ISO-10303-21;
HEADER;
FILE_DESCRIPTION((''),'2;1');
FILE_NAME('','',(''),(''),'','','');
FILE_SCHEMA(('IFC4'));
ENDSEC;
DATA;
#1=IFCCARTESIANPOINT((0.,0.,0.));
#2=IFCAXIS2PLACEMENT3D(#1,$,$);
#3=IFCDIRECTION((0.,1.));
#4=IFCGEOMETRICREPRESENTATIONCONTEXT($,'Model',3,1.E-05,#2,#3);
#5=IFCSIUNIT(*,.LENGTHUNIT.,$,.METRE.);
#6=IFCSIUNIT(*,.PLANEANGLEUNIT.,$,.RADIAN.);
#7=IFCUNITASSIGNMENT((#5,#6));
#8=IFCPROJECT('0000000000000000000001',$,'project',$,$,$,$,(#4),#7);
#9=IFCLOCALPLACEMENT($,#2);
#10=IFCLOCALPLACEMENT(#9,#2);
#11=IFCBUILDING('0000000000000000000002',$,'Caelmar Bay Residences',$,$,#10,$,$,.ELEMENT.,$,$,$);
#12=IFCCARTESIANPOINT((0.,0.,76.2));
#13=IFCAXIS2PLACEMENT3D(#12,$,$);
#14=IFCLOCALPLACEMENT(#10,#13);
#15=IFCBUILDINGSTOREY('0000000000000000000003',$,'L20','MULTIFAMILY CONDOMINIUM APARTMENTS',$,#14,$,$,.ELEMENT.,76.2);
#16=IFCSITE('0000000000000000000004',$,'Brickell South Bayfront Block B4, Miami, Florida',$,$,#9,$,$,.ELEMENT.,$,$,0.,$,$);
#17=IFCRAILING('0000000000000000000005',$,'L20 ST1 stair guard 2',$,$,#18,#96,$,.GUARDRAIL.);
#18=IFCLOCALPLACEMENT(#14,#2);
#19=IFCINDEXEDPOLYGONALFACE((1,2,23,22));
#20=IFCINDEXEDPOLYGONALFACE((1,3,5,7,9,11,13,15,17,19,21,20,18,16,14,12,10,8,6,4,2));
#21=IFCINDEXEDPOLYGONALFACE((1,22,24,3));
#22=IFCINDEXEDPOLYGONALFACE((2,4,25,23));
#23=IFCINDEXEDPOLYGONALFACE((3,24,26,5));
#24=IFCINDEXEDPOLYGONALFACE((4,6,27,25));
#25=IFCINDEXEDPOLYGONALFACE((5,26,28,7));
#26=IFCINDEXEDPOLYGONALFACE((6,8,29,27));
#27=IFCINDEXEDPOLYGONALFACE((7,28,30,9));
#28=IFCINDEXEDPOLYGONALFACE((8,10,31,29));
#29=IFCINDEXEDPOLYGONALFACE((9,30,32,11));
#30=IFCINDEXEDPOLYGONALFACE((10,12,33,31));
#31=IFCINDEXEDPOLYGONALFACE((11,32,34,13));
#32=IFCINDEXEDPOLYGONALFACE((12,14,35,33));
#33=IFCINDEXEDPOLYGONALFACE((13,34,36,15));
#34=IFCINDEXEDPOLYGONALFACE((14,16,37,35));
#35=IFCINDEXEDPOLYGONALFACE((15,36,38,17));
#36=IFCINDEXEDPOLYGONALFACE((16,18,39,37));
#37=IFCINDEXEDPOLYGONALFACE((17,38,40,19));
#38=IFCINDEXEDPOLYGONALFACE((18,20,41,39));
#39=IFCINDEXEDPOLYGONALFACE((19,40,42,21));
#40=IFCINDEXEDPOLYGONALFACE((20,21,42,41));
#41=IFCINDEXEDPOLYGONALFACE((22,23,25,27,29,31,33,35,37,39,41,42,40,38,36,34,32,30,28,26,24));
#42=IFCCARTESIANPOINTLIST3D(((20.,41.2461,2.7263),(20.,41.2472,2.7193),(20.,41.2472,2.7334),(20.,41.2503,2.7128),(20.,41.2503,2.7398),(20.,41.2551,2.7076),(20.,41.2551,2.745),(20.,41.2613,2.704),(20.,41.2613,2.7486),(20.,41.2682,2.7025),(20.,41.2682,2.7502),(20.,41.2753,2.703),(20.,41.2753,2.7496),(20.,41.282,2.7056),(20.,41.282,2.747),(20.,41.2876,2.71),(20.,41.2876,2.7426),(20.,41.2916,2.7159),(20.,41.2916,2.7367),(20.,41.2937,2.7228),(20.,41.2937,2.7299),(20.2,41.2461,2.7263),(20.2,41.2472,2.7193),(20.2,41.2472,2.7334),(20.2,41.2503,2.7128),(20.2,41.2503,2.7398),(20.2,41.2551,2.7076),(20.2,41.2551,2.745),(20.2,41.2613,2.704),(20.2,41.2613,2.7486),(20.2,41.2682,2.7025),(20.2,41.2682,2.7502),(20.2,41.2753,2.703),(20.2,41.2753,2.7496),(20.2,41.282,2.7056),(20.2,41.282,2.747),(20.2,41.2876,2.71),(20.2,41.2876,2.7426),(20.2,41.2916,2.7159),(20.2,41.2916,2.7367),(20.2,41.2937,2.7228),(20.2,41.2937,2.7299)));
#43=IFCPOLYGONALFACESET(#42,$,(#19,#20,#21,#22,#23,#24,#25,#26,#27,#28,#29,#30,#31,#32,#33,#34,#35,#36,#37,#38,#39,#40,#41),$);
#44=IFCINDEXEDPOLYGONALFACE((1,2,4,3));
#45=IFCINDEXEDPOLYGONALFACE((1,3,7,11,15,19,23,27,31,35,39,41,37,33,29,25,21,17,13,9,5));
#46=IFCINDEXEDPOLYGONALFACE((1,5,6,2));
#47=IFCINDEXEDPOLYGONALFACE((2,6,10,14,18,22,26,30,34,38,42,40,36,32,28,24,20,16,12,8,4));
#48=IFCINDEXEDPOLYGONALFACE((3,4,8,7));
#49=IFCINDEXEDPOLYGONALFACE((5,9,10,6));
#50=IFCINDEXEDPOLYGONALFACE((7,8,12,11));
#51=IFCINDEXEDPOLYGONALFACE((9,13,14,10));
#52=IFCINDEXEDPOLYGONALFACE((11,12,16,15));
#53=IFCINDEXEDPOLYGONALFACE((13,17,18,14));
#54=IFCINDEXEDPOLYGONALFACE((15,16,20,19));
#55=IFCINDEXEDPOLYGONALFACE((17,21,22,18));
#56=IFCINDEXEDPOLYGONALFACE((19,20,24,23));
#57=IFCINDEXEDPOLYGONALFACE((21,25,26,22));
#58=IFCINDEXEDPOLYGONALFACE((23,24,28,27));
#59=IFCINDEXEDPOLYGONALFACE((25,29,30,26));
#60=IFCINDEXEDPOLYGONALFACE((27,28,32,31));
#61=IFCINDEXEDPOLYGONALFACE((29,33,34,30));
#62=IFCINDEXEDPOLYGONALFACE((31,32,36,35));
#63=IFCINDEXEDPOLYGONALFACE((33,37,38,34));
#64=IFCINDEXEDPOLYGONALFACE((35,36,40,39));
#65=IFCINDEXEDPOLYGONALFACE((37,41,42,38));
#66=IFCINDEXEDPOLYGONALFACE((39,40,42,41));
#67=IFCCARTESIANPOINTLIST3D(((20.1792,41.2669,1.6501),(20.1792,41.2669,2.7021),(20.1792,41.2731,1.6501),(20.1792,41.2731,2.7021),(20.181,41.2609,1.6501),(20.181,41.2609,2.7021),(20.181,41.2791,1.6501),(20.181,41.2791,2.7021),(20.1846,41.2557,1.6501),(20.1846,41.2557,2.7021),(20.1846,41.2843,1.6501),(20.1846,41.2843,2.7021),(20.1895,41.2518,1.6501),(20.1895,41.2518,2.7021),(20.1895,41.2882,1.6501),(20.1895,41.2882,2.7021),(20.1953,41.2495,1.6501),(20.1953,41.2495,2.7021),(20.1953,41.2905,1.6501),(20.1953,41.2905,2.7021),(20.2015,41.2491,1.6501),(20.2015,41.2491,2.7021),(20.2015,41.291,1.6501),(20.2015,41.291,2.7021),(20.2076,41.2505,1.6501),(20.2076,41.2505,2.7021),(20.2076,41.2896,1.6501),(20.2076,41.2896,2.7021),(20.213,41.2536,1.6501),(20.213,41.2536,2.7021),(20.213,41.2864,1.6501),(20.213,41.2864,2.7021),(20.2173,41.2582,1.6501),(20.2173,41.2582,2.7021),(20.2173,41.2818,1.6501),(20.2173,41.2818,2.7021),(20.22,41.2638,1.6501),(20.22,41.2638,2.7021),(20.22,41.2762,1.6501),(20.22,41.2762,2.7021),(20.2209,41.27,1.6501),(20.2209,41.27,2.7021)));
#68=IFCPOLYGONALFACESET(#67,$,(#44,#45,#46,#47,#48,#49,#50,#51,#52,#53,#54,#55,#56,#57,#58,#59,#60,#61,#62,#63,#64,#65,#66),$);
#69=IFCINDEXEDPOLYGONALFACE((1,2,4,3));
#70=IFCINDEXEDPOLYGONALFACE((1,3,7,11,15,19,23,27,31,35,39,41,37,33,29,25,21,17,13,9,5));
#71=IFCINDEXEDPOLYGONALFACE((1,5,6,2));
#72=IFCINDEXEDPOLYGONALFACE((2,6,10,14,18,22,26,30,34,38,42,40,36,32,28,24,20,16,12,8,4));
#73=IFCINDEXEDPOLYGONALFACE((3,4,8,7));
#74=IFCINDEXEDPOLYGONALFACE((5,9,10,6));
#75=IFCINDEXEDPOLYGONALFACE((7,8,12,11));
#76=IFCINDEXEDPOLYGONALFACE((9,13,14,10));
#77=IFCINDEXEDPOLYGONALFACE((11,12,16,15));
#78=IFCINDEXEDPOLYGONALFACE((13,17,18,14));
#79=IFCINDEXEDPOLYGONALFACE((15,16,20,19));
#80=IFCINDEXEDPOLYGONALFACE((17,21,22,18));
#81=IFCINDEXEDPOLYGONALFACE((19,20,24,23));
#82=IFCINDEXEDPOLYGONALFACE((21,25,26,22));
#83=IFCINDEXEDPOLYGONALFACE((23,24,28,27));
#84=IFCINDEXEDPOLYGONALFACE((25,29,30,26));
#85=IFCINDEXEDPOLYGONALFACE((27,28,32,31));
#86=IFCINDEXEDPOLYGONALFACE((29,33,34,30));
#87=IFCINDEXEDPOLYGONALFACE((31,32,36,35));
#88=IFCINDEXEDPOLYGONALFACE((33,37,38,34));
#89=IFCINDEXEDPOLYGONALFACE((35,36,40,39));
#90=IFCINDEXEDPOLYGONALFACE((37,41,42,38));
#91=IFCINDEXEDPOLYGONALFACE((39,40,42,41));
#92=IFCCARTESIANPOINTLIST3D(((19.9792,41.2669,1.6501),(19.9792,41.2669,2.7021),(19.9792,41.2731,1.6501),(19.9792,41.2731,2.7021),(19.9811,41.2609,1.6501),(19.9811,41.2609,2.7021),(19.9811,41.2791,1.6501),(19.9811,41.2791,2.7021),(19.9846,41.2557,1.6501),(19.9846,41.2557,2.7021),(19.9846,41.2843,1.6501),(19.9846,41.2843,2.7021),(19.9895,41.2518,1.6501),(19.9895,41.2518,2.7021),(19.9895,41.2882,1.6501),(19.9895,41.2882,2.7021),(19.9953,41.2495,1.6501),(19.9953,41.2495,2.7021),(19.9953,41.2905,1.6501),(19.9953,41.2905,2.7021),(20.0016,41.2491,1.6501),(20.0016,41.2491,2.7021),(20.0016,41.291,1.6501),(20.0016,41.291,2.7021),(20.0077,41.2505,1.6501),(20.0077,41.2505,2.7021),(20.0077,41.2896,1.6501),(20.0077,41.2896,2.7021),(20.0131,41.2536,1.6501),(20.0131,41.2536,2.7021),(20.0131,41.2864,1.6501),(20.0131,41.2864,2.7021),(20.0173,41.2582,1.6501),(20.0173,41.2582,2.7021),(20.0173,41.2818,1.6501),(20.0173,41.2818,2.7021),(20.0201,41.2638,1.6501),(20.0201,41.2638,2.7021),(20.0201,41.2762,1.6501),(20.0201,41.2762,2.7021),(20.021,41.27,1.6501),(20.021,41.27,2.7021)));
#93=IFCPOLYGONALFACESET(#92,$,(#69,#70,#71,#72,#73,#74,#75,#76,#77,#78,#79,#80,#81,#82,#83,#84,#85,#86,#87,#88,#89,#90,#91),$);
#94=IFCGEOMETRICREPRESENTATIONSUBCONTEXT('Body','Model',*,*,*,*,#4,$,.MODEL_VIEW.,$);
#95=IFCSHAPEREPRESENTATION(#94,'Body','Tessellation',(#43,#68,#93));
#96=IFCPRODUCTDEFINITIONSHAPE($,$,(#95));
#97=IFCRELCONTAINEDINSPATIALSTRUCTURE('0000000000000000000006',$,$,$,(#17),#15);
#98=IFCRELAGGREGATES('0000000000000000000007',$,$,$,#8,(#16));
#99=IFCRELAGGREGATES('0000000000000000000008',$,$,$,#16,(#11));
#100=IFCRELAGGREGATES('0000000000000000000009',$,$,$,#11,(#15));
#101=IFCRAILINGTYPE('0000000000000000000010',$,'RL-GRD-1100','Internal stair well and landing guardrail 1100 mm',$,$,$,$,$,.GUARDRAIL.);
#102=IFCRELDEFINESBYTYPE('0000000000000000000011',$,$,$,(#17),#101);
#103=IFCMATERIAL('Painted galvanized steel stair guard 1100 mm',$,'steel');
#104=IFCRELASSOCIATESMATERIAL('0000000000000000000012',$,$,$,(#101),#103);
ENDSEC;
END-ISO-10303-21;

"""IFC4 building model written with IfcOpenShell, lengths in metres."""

from ifc_helpers import new_model, si_unit, direction, frame, origin, origin_2d, place, context, subcontext, project, spatial, circle, extrude, material, type_object, element, save


model = new_model("IFC4")

# Units and contexts
model_context = context("Model", 3, precision=1e-05, world=origin(), true_north=direction((0.0, 1.0)))
body_context = subcontext(model_context, "Body", "Model", "MODEL_VIEW")
ifc_project = project(units=[si_unit("LENGTHUNIT", "METRE"), si_unit("PLANEANGLEUNIT", "RADIAN")], contexts=[model_context])

# Site, building, storey
site_placement = place(None, origin())
site = spatial("IfcSite", under=ifc_project, at=site_placement, Name="Brickell South Bayfront Block B4, Miami, Florida", CompositionType="ELEMENT", RefElevation=0.0)
building_placement = place(site_placement, origin())
building = spatial("IfcBuilding", under=site, at=building_placement, Name="Caelmar Bay Residences", CompositionType="ELEMENT")
storey_placement = place(building_placement, frame((0.0, 0.0, 76.2)))
storey = spatial("IfcBuildingStorey", under=building, at=storey_placement, Name="L20", Description="MULTIFAMILY CONDOMINIUM APARTMENTS", CompositionType="ELEMENT", Elevation=76.2)

# Railing
ifc_material_1 = material(Name="Painted galvanized steel stair guard 1100 mm", Category="steel")
railing_type_1 = type_object("IfcRailingType", Name="RL-GRD-1100", Description="Internal stair well and landing guardrail 1100 mm", PredefinedType="GUARDRAIL", material=ifc_material_1)
railing_1_placement = place(storey_placement, frame((20.2, 41.27, 1.6501)))
element("IfcRailing", 1, at=railing_1_placement, inside=storey, type_object=railing_type_1, Name="L20 ST1 stair guard 2", PredefinedType="GUARDRAIL", context=body_context, shape_type="SweptSolid", body=[
    extrude(circle(Radius=0.0239, at=origin_2d()), frame((0.0, 0.0, 1.0762), z_axis=(-1.0, 0.0, 0.0), x_axis=(0.0, -1.0, 0.0)), (0.0, 0.0, 1.0), 0.2),
    extrude(circle(Radius=0.021, at=origin_2d()), origin(), (0.0, 0.0, 1.0), 1.052),
    extrude(circle(Radius=0.021, at=origin_2d()), frame((-0.2, 0.0, 0.0)), (0.0, 0.0, 1.0), 1.052),
])

save(model, "model.ifc")
